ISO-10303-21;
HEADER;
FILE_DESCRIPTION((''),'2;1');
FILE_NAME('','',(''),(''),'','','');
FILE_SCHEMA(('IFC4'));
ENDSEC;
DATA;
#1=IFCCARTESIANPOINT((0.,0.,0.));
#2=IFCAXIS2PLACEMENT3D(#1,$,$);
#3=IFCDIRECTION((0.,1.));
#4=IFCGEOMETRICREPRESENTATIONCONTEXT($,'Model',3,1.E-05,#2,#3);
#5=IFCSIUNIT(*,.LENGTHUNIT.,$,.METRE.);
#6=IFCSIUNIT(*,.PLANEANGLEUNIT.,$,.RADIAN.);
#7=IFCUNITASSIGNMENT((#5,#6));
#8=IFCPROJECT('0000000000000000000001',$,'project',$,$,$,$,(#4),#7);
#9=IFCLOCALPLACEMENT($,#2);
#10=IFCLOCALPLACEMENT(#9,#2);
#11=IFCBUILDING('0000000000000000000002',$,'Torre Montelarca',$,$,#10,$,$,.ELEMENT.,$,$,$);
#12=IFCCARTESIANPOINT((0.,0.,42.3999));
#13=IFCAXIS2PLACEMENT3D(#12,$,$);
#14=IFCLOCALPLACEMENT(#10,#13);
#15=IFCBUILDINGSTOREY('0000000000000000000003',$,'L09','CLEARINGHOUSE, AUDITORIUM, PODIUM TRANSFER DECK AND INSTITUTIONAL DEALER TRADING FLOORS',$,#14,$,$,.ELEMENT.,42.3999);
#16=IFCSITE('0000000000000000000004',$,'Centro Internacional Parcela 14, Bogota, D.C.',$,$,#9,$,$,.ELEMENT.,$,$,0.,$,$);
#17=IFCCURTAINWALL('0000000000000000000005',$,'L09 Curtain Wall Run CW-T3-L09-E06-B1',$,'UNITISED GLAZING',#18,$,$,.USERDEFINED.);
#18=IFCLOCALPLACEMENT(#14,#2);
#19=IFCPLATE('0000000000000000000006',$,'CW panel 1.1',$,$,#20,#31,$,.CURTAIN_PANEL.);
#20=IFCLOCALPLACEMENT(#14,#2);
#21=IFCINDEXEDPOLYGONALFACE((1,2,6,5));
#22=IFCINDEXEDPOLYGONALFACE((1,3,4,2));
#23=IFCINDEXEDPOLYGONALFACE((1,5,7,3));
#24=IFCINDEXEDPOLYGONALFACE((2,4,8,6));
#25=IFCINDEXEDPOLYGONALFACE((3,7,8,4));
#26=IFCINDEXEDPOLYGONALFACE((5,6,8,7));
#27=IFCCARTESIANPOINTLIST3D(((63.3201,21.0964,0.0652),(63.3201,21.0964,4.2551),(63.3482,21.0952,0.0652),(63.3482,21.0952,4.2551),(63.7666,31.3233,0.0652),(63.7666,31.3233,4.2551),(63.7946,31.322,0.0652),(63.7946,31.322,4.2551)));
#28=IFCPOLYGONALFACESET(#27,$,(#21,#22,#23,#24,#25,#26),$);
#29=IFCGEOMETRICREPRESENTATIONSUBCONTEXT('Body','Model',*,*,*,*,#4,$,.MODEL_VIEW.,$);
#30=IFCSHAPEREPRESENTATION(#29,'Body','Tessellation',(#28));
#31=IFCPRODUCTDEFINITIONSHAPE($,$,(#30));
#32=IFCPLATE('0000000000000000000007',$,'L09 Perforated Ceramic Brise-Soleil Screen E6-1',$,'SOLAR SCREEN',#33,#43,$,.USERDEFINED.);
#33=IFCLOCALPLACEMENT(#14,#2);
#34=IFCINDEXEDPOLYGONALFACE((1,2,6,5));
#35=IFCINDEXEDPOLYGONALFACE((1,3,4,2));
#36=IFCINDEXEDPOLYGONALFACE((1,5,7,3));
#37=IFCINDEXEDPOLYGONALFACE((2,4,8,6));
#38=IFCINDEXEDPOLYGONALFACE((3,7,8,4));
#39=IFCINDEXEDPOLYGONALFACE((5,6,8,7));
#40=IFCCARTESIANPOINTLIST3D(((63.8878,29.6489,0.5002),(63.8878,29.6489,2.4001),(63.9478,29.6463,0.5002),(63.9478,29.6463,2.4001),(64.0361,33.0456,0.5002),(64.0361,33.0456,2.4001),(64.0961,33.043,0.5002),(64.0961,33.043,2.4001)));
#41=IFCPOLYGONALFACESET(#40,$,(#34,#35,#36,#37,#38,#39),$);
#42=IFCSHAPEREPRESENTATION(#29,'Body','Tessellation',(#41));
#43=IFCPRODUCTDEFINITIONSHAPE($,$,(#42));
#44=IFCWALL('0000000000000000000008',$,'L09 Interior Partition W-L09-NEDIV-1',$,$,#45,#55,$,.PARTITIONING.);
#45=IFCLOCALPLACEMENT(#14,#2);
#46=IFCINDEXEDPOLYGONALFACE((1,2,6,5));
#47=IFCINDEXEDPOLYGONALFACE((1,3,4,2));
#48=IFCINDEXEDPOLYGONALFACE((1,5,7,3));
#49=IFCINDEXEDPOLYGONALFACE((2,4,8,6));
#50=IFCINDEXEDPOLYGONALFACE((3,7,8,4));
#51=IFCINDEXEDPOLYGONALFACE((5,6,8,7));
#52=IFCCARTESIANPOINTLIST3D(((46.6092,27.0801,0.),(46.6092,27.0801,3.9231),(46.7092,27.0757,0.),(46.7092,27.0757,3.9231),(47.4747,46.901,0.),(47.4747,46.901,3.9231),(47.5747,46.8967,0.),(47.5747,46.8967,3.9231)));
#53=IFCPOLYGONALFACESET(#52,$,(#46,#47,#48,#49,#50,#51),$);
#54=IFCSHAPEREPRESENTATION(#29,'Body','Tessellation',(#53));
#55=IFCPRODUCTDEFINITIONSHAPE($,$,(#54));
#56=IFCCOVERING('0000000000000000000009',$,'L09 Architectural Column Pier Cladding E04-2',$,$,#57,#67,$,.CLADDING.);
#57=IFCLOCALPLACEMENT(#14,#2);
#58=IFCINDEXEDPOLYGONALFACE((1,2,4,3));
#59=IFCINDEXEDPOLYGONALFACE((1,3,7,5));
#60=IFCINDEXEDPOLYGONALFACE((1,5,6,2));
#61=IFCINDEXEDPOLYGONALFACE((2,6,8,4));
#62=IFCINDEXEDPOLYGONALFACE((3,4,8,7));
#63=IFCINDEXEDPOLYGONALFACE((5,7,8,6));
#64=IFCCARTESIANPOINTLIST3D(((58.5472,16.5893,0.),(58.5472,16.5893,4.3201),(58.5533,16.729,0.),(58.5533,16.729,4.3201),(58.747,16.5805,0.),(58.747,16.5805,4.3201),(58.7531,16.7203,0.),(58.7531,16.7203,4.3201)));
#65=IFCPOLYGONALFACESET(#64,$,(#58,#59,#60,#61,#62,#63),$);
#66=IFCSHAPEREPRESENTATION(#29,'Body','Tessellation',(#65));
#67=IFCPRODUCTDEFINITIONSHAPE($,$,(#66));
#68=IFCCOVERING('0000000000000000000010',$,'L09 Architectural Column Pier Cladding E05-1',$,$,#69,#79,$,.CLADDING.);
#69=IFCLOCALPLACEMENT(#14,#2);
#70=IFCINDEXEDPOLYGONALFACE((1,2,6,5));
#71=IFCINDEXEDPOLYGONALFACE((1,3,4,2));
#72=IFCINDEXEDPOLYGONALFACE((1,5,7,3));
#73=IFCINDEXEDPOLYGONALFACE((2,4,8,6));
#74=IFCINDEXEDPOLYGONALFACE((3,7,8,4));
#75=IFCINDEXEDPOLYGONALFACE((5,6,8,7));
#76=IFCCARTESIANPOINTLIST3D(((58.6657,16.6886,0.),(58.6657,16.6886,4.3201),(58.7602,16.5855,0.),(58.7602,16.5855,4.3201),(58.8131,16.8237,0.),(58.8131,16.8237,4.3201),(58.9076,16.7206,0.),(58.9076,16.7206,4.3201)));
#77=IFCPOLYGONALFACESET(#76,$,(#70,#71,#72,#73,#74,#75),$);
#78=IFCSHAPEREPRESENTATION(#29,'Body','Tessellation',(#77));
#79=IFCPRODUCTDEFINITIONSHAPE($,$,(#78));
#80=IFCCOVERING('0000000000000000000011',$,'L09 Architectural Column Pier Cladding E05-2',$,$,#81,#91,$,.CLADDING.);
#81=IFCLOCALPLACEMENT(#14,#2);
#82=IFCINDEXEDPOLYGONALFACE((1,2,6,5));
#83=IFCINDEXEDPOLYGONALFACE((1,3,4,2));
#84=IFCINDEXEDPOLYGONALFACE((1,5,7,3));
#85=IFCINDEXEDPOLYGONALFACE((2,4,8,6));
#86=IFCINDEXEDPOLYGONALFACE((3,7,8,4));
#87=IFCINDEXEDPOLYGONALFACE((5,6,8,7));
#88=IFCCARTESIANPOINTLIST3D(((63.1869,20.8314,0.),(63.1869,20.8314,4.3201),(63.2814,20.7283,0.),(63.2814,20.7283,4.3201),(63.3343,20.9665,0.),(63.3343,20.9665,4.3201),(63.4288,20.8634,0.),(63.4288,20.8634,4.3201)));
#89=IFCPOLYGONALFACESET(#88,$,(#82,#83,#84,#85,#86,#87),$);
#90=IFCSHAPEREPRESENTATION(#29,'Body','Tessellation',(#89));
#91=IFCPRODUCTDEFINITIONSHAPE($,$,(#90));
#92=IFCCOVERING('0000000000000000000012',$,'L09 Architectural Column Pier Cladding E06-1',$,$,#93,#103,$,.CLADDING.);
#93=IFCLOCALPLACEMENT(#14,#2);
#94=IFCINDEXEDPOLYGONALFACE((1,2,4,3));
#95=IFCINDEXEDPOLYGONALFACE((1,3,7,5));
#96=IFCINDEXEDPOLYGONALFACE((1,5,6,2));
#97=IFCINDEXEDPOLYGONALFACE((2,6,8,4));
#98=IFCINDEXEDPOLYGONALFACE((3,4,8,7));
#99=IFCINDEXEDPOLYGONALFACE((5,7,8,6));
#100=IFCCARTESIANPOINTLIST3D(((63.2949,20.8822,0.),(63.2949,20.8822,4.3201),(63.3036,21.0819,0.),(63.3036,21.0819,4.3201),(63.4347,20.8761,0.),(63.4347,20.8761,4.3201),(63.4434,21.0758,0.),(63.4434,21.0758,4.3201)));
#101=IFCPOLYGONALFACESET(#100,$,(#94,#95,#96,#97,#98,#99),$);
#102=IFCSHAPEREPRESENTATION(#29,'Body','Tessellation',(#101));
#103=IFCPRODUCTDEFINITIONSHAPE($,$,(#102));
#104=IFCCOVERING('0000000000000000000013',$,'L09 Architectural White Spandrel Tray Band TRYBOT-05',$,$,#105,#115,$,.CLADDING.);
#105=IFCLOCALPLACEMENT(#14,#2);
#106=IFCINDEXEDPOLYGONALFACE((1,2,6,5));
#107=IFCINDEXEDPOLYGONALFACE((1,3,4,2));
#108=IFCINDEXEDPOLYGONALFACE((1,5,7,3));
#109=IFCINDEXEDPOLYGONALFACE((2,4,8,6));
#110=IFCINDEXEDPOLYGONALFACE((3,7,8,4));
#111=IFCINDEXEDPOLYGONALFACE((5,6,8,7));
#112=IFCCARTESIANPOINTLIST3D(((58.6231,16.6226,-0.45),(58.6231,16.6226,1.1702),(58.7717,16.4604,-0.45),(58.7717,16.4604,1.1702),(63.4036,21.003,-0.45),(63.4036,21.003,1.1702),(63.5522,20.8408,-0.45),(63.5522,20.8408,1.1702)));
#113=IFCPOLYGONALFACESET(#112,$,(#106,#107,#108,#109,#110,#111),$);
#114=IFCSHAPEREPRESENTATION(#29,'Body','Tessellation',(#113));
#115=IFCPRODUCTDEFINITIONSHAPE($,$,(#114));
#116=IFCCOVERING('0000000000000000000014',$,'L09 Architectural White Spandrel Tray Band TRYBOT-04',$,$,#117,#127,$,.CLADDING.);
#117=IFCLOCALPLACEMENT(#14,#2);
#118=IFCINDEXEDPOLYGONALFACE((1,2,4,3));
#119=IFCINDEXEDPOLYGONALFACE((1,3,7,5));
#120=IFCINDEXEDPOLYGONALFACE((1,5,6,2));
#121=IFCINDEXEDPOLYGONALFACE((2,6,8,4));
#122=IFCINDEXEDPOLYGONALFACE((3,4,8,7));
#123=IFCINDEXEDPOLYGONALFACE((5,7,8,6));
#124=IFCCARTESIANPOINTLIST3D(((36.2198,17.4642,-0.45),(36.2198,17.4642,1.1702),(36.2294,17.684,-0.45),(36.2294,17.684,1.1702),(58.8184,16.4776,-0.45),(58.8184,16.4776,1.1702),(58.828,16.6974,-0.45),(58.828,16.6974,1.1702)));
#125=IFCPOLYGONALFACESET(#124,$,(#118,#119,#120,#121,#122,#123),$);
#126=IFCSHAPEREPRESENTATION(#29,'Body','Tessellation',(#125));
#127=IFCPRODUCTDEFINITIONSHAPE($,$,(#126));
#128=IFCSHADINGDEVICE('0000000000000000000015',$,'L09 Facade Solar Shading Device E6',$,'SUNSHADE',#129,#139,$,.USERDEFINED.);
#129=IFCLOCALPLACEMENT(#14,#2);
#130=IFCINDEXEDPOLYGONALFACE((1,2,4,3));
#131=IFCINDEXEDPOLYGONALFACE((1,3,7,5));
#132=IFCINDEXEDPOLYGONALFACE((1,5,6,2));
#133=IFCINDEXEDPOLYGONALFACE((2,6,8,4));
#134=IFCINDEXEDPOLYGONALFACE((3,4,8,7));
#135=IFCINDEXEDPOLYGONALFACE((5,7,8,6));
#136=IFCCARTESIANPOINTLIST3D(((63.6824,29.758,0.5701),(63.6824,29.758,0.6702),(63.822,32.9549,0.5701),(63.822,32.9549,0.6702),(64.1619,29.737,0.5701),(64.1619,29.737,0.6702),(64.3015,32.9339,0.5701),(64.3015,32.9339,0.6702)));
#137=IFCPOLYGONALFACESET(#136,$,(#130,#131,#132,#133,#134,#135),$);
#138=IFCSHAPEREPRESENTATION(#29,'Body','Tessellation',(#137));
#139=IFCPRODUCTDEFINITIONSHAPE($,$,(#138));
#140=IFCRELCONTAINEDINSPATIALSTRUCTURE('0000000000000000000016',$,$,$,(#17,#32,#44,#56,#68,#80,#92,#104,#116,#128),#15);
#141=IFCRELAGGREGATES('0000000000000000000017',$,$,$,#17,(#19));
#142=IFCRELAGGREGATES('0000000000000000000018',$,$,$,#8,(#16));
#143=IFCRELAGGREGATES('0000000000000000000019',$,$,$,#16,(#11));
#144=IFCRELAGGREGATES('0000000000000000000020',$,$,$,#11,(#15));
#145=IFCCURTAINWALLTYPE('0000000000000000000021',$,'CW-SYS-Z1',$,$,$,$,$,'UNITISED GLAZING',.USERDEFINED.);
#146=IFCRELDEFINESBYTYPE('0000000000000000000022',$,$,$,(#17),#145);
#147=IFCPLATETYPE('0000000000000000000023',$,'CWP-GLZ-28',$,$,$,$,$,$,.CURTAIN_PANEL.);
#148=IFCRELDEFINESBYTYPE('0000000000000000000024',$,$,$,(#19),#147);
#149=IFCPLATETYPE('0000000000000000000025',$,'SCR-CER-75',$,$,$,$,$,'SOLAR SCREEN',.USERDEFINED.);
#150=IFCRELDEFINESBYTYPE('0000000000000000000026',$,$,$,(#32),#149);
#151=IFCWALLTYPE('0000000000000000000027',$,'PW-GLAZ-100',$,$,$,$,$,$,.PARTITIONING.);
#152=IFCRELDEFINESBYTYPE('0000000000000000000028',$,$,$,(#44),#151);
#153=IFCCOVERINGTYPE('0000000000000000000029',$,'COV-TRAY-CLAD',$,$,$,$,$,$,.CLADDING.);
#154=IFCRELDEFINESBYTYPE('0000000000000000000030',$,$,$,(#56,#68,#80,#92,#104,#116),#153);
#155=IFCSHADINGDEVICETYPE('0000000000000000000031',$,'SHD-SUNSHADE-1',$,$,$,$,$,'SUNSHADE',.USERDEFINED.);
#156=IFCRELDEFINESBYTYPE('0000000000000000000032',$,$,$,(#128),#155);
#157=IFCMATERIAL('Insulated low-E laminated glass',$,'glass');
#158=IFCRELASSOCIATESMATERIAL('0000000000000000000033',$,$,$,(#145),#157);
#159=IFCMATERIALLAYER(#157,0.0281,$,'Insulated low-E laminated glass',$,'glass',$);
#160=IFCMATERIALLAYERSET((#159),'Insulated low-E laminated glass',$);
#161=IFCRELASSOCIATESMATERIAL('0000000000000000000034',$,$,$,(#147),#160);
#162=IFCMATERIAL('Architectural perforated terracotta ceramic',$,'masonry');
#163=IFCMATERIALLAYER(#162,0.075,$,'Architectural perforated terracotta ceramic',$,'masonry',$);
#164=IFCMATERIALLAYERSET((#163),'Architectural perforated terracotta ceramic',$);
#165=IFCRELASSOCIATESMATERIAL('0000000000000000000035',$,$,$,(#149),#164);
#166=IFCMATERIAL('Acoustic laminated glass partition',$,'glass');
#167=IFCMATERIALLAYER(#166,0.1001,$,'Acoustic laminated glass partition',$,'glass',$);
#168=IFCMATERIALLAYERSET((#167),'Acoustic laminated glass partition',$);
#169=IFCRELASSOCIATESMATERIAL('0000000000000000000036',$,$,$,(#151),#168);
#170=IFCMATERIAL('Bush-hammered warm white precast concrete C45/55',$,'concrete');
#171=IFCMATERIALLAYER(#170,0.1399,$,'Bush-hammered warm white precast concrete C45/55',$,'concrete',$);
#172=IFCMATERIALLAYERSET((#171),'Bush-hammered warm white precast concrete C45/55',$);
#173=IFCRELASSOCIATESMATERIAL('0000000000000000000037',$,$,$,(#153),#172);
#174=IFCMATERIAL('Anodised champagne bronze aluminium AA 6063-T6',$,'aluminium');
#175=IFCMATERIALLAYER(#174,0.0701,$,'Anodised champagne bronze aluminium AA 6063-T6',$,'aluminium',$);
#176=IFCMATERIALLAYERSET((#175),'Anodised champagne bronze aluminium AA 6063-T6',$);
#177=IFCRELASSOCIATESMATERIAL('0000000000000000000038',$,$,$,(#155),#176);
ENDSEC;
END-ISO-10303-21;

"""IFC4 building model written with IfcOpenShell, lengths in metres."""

from ifc_helpers import new_model, si_unit, direction, frame, frame_2d, origin, origin_2d, place, context, subcontext, project, spatial, rectangle, extrude, source, transform, mapped, material, layer, layer_set, type_object, element, aggregate, save


model = new_model("IFC4")

# Units and contexts
model_context = context("Model", 3, precision=1e-05, world=origin(), true_north=direction((0.0, 1.0)))
body_context = subcontext(model_context, "Body", "Model", "MODEL_VIEW")
ifc_project = project(units=[si_unit("LENGTHUNIT", "METRE"), si_unit("PLANEANGLEUNIT", "RADIAN")], contexts=[model_context])

# Site, building, storey
site_placement = place(None, origin())
site = spatial("IfcSite", under=ifc_project, at=site_placement, Name="Centro Internacional Parcela 14, Bogota, D.C.", CompositionType="ELEMENT", RefElevation=0.0)
building_placement = place(site_placement, origin())
building = spatial("IfcBuilding", under=site, at=building_placement, Name="Torre Montelarca", CompositionType="ELEMENT")
storey_placement = place(building_placement, frame((0.0, 0.0, 42.3999)))
storey = spatial("IfcBuildingStorey", under=building, at=storey_placement, Name="L09", Description="CLEARINGHOUSE, AUDITORIUM, PODIUM TRANSFER DECK AND INSTITUTIONAL DEALER TRADING FLOORS", CompositionType="ELEMENT", Elevation=42.3999)

# Shared definitions
ifc_material_1 = material(Name="Insulated low-E laminated glass", Category="glass")
curtain_wall_type = type_object("IfcCurtainWallType", Name="CW-SYS-Z1", ElementType="UNITISED GLAZING", PredefinedType="USERDEFINED", material=ifc_material_1)

# Curtain wall
curtain_wall_1_placement = place(storey_placement, origin())
curtain_wall_1 = element("IfcCurtainWall", 1, at=curtain_wall_1_placement, inside=storey, type_object=curtain_wall_type, Name="L09 Curtain Wall Run CW-T3-L09-E06-B1", ObjectType="UNITISED GLAZING", PredefinedType="USERDEFINED")

# Plates
ifc_layer_1 = layer(ifc_material_1, 0.0281, Name="Insulated low-E laminated glass", Category="glass")
ifc_layer_set_1 = layer_set([ifc_layer_1], Name="Insulated low-E laminated glass")
plate_type_1 = type_object("IfcPlateType", Name="CWP-GLZ-28", PredefinedType="CURTAIN_PANEL", material=ifc_layer_set_1)
shared_shape_1 = source(origin(), body_context, "Body", "SweptSolid", [
    extrude(rectangle(XDim=10.2366, YDim=0.0281, at=origin_2d()), origin(), (0.0, 0.0, 1.0), 4.1899),
])
plate_1_placement = place(storey_placement, frame((63.5574, 26.2092, 0.0652), z_axis=(0.0, 0.0, 1.0), x_axis=(0.043618, 0.999048, 0.0)))
plate_1 = element("IfcPlate", 2, at=plate_1_placement, type_object=plate_type_1, Name="CW panel 1.1", PredefinedType="CURTAIN_PANEL", context=body_context, shape_type="MappedRepresentation", body=[
    mapped(shared_shape_1, transform((0.0, 0.0, 0.0), scale=1.0)),
])
aggregate(curtain_wall_1, [plate_1])
ifc_material_2 = material(Name="Architectural perforated terracotta ceramic", Category="masonry")
ifc_layer_2 = layer(ifc_material_2, 0.075, Name="Architectural perforated terracotta ceramic", Category="masonry")
ifc_layer_set_2 = layer_set([ifc_layer_2], Name="Architectural perforated terracotta ceramic")
plate_type_2 = type_object("IfcPlateType", Name="SCR-CER-75", ElementType="SOLAR SCREEN", PredefinedType="USERDEFINED", material=ifc_layer_set_2)
shared_shape_2 = source(origin(), body_context, "Body", "SweptSolid", [
    extrude(rectangle(XDim=3.3999, YDim=0.0601, at=origin_2d()), origin(), (0.0, 0.0, 1.0), 1.8999),
])
plate_2_placement = place(storey_placement, frame((63.9919, 31.3459, 0.5002), z_axis=(0.0, 0.0, 1.0), x_axis=(0.043619, 0.999048, 0.0)))
element("IfcPlate", 3, at=plate_2_placement, inside=storey, type_object=plate_type_2, Name="L09 Perforated Ceramic Brise-Soleil Screen E6-1", ObjectType="SOLAR SCREEN", PredefinedType="USERDEFINED", context=body_context, shape_type="MappedRepresentation", body=[
    mapped(shared_shape_2, transform((0.0, 0.0, 0.0), scale=1.0)),
])

# Wall
ifc_material_3 = material(Name="Acoustic laminated glass partition", Category="glass")
ifc_layer_3 = layer(ifc_material_3, 0.1001, Name="Acoustic laminated glass partition", Category="glass")
ifc_layer_set_3 = layer_set([ifc_layer_3], Name="Acoustic laminated glass partition")
wall_type = type_object("IfcWallType", Name="PW-GLAZ-100", PredefinedType="PARTITIONING", material=ifc_layer_set_3)
wall_placement = place(storey_placement, frame((46.6592, 27.0779, 0.0), z_axis=(0.0, 0.0, 1.0), x_axis=(0.043623, 0.999048, 0.0)))
element("IfcWall", 4, at=wall_placement, inside=storey, type_object=wall_type, Name="L09 Interior Partition W-L09-NEDIV-1", PredefinedType="PARTITIONING", context=body_context, shape_type="SweptSolid", body=[
    extrude(rectangle(XDim=19.8398, YDim=0.1001, at=frame_2d((9.9199, 0.0))), origin(), (0.0, 0.0, 1.0), 3.9231),
])

# Coverings
ifc_material_4 = material(Name="Bush-hammered warm white precast concrete C45/55", Category="concrete")
ifc_layer_4 = layer(ifc_material_4, 0.1399, Name="Bush-hammered warm white precast concrete C45/55", Category="concrete")
ifc_layer_set_4 = layer_set([ifc_layer_4], Name="Bush-hammered warm white precast concrete C45/55")
covering_type = type_object("IfcCoveringType", Name="COV-TRAY-CLAD", PredefinedType="CLADDING", material=ifc_layer_set_4)
shared_shape_3 = source(origin(), body_context, "Body", "SweptSolid", [
    extrude(rectangle(XDim=0.2, YDim=0.1399, at=origin_2d()), origin(), (0.0, 0.0, 1.0), 4.3201),
])
for number, where, z_axis, x_axis, name in (
    (5, (58.6501, 16.6548, 0.0), (0.0, 0.0, 1.0), (0.999048, -0.043621, 0.0), "L09 Architectural Column Pier Cladding E04-2"),
    (6, (58.7866, 16.7046, 0.0), (0.0, 0.0, 1.0), (0.737281, 0.675586, 0.0), "L09 Architectural Column Pier Cladding E05-1"),
    (7, (63.3079, 20.8474, 0.0), (0.0, 0.0, 1.0), (0.737281, 0.675586, 0.0), "L09 Architectural Column Pier Cladding E05-2"),
    (8, (63.3691, 20.979, 0.0), (0.0, 0.0, 1.0), (0.043621, 0.999048, 0.0), "L09 Architectural Column Pier Cladding E06-1"),
):
    element("IfcCovering", number, at=place(storey_placement, frame(where, z_axis=z_axis, x_axis=x_axis)), inside=storey, type_object=covering_type, Name=name, PredefinedType="CLADDING", context=body_context, shape_type="MappedRepresentation", body=[
        mapped(shared_shape_3, transform((0.0, 0.0, 0.0), scale=1.0)),
    ])
shared_shape_4 = source(origin(), body_context, "Body", "SweptSolid", [
    extrude(rectangle(XDim=6.4839, YDim=0.22, at=origin_2d()), origin(), (0.0, 0.0, 1.0), 1.6201),
])
covering_1_placement = place(storey_placement, frame((61.0876, 18.7317, -0.45), z_axis=(0.0, 0.0, 1.0), x_axis=(0.73728, 0.675588, 0.0)))
element("IfcCovering", 9, at=covering_1_placement, inside=storey, type_object=covering_type, Name="L09 Architectural White Spandrel Tray Band TRYBOT-05", PredefinedType="CLADDING", context=body_context, shape_type="MappedRepresentation", body=[
    mapped(shared_shape_4, transform((0.0, 0.0, 0.0), scale=1.0)),
])
shared_shape_5 = source(origin(), body_context, "Body", "SweptSolid", [
    extrude(rectangle(XDim=22.6201, YDim=0.22, at=origin_2d()), origin(), (0.0, 0.0, 1.0), 1.6201),
])
covering_2_placement = place(storey_placement, frame((47.5239, 17.0808, -0.45), z_axis=(0.0, 0.0, 1.0), x_axis=(0.999048, -0.043618, 0.0)))
element("IfcCovering", 10, at=covering_2_placement, inside=storey, type_object=covering_type, Name="L09 Architectural White Spandrel Tray Band TRYBOT-04", PredefinedType="CLADDING", context=body_context, shape_type="MappedRepresentation", body=[
    mapped(shared_shape_5, transform((0.0, 0.0, 0.0), scale=1.0)),
])

# Shading device
ifc_material_5 = material(Name="Anodised champagne bronze aluminium AA 6063-T6", Category="aluminium")
ifc_layer_5 = layer(ifc_material_5, 0.0701, Name="Anodised champagne bronze aluminium AA 6063-T6", Category="aluminium")
ifc_layer_set_5 = layer_set([ifc_layer_5], Name="Anodised champagne bronze aluminium AA 6063-T6")
shading_device_type = type_object("IfcShadingDeviceType", Name="SHD-SUNSHADE-1", ElementType="SUNSHADE", PredefinedType="USERDEFINED", material=ifc_layer_set_5)
shared_shape_6 = source(origin(), body_context, "Body", "SweptSolid", [
    extrude(rectangle(XDim=3.2, YDim=0.48, at=origin_2d()), origin(), (0.0, 0.0, 1.0), 0.1001),
])
shading_device_placement = place(storey_placement, frame((63.9919, 31.3459, 0.5701), z_axis=(0.0, 0.0, 1.0), x_axis=(0.043619, 0.999048, 0.0)))
element("IfcShadingDevice", 11, at=shading_device_placement, inside=storey, type_object=shading_device_type, Name="L09 Facade Solar Shading Device E6", ObjectType="SUNSHADE", PredefinedType="USERDEFINED", context=body_context, shape_type="MappedRepresentation", body=[
    mapped(shared_shape_6, transform((0.0, 0.0, 0.0), scale=1.0)),
])

save(model, "model.ifc")
